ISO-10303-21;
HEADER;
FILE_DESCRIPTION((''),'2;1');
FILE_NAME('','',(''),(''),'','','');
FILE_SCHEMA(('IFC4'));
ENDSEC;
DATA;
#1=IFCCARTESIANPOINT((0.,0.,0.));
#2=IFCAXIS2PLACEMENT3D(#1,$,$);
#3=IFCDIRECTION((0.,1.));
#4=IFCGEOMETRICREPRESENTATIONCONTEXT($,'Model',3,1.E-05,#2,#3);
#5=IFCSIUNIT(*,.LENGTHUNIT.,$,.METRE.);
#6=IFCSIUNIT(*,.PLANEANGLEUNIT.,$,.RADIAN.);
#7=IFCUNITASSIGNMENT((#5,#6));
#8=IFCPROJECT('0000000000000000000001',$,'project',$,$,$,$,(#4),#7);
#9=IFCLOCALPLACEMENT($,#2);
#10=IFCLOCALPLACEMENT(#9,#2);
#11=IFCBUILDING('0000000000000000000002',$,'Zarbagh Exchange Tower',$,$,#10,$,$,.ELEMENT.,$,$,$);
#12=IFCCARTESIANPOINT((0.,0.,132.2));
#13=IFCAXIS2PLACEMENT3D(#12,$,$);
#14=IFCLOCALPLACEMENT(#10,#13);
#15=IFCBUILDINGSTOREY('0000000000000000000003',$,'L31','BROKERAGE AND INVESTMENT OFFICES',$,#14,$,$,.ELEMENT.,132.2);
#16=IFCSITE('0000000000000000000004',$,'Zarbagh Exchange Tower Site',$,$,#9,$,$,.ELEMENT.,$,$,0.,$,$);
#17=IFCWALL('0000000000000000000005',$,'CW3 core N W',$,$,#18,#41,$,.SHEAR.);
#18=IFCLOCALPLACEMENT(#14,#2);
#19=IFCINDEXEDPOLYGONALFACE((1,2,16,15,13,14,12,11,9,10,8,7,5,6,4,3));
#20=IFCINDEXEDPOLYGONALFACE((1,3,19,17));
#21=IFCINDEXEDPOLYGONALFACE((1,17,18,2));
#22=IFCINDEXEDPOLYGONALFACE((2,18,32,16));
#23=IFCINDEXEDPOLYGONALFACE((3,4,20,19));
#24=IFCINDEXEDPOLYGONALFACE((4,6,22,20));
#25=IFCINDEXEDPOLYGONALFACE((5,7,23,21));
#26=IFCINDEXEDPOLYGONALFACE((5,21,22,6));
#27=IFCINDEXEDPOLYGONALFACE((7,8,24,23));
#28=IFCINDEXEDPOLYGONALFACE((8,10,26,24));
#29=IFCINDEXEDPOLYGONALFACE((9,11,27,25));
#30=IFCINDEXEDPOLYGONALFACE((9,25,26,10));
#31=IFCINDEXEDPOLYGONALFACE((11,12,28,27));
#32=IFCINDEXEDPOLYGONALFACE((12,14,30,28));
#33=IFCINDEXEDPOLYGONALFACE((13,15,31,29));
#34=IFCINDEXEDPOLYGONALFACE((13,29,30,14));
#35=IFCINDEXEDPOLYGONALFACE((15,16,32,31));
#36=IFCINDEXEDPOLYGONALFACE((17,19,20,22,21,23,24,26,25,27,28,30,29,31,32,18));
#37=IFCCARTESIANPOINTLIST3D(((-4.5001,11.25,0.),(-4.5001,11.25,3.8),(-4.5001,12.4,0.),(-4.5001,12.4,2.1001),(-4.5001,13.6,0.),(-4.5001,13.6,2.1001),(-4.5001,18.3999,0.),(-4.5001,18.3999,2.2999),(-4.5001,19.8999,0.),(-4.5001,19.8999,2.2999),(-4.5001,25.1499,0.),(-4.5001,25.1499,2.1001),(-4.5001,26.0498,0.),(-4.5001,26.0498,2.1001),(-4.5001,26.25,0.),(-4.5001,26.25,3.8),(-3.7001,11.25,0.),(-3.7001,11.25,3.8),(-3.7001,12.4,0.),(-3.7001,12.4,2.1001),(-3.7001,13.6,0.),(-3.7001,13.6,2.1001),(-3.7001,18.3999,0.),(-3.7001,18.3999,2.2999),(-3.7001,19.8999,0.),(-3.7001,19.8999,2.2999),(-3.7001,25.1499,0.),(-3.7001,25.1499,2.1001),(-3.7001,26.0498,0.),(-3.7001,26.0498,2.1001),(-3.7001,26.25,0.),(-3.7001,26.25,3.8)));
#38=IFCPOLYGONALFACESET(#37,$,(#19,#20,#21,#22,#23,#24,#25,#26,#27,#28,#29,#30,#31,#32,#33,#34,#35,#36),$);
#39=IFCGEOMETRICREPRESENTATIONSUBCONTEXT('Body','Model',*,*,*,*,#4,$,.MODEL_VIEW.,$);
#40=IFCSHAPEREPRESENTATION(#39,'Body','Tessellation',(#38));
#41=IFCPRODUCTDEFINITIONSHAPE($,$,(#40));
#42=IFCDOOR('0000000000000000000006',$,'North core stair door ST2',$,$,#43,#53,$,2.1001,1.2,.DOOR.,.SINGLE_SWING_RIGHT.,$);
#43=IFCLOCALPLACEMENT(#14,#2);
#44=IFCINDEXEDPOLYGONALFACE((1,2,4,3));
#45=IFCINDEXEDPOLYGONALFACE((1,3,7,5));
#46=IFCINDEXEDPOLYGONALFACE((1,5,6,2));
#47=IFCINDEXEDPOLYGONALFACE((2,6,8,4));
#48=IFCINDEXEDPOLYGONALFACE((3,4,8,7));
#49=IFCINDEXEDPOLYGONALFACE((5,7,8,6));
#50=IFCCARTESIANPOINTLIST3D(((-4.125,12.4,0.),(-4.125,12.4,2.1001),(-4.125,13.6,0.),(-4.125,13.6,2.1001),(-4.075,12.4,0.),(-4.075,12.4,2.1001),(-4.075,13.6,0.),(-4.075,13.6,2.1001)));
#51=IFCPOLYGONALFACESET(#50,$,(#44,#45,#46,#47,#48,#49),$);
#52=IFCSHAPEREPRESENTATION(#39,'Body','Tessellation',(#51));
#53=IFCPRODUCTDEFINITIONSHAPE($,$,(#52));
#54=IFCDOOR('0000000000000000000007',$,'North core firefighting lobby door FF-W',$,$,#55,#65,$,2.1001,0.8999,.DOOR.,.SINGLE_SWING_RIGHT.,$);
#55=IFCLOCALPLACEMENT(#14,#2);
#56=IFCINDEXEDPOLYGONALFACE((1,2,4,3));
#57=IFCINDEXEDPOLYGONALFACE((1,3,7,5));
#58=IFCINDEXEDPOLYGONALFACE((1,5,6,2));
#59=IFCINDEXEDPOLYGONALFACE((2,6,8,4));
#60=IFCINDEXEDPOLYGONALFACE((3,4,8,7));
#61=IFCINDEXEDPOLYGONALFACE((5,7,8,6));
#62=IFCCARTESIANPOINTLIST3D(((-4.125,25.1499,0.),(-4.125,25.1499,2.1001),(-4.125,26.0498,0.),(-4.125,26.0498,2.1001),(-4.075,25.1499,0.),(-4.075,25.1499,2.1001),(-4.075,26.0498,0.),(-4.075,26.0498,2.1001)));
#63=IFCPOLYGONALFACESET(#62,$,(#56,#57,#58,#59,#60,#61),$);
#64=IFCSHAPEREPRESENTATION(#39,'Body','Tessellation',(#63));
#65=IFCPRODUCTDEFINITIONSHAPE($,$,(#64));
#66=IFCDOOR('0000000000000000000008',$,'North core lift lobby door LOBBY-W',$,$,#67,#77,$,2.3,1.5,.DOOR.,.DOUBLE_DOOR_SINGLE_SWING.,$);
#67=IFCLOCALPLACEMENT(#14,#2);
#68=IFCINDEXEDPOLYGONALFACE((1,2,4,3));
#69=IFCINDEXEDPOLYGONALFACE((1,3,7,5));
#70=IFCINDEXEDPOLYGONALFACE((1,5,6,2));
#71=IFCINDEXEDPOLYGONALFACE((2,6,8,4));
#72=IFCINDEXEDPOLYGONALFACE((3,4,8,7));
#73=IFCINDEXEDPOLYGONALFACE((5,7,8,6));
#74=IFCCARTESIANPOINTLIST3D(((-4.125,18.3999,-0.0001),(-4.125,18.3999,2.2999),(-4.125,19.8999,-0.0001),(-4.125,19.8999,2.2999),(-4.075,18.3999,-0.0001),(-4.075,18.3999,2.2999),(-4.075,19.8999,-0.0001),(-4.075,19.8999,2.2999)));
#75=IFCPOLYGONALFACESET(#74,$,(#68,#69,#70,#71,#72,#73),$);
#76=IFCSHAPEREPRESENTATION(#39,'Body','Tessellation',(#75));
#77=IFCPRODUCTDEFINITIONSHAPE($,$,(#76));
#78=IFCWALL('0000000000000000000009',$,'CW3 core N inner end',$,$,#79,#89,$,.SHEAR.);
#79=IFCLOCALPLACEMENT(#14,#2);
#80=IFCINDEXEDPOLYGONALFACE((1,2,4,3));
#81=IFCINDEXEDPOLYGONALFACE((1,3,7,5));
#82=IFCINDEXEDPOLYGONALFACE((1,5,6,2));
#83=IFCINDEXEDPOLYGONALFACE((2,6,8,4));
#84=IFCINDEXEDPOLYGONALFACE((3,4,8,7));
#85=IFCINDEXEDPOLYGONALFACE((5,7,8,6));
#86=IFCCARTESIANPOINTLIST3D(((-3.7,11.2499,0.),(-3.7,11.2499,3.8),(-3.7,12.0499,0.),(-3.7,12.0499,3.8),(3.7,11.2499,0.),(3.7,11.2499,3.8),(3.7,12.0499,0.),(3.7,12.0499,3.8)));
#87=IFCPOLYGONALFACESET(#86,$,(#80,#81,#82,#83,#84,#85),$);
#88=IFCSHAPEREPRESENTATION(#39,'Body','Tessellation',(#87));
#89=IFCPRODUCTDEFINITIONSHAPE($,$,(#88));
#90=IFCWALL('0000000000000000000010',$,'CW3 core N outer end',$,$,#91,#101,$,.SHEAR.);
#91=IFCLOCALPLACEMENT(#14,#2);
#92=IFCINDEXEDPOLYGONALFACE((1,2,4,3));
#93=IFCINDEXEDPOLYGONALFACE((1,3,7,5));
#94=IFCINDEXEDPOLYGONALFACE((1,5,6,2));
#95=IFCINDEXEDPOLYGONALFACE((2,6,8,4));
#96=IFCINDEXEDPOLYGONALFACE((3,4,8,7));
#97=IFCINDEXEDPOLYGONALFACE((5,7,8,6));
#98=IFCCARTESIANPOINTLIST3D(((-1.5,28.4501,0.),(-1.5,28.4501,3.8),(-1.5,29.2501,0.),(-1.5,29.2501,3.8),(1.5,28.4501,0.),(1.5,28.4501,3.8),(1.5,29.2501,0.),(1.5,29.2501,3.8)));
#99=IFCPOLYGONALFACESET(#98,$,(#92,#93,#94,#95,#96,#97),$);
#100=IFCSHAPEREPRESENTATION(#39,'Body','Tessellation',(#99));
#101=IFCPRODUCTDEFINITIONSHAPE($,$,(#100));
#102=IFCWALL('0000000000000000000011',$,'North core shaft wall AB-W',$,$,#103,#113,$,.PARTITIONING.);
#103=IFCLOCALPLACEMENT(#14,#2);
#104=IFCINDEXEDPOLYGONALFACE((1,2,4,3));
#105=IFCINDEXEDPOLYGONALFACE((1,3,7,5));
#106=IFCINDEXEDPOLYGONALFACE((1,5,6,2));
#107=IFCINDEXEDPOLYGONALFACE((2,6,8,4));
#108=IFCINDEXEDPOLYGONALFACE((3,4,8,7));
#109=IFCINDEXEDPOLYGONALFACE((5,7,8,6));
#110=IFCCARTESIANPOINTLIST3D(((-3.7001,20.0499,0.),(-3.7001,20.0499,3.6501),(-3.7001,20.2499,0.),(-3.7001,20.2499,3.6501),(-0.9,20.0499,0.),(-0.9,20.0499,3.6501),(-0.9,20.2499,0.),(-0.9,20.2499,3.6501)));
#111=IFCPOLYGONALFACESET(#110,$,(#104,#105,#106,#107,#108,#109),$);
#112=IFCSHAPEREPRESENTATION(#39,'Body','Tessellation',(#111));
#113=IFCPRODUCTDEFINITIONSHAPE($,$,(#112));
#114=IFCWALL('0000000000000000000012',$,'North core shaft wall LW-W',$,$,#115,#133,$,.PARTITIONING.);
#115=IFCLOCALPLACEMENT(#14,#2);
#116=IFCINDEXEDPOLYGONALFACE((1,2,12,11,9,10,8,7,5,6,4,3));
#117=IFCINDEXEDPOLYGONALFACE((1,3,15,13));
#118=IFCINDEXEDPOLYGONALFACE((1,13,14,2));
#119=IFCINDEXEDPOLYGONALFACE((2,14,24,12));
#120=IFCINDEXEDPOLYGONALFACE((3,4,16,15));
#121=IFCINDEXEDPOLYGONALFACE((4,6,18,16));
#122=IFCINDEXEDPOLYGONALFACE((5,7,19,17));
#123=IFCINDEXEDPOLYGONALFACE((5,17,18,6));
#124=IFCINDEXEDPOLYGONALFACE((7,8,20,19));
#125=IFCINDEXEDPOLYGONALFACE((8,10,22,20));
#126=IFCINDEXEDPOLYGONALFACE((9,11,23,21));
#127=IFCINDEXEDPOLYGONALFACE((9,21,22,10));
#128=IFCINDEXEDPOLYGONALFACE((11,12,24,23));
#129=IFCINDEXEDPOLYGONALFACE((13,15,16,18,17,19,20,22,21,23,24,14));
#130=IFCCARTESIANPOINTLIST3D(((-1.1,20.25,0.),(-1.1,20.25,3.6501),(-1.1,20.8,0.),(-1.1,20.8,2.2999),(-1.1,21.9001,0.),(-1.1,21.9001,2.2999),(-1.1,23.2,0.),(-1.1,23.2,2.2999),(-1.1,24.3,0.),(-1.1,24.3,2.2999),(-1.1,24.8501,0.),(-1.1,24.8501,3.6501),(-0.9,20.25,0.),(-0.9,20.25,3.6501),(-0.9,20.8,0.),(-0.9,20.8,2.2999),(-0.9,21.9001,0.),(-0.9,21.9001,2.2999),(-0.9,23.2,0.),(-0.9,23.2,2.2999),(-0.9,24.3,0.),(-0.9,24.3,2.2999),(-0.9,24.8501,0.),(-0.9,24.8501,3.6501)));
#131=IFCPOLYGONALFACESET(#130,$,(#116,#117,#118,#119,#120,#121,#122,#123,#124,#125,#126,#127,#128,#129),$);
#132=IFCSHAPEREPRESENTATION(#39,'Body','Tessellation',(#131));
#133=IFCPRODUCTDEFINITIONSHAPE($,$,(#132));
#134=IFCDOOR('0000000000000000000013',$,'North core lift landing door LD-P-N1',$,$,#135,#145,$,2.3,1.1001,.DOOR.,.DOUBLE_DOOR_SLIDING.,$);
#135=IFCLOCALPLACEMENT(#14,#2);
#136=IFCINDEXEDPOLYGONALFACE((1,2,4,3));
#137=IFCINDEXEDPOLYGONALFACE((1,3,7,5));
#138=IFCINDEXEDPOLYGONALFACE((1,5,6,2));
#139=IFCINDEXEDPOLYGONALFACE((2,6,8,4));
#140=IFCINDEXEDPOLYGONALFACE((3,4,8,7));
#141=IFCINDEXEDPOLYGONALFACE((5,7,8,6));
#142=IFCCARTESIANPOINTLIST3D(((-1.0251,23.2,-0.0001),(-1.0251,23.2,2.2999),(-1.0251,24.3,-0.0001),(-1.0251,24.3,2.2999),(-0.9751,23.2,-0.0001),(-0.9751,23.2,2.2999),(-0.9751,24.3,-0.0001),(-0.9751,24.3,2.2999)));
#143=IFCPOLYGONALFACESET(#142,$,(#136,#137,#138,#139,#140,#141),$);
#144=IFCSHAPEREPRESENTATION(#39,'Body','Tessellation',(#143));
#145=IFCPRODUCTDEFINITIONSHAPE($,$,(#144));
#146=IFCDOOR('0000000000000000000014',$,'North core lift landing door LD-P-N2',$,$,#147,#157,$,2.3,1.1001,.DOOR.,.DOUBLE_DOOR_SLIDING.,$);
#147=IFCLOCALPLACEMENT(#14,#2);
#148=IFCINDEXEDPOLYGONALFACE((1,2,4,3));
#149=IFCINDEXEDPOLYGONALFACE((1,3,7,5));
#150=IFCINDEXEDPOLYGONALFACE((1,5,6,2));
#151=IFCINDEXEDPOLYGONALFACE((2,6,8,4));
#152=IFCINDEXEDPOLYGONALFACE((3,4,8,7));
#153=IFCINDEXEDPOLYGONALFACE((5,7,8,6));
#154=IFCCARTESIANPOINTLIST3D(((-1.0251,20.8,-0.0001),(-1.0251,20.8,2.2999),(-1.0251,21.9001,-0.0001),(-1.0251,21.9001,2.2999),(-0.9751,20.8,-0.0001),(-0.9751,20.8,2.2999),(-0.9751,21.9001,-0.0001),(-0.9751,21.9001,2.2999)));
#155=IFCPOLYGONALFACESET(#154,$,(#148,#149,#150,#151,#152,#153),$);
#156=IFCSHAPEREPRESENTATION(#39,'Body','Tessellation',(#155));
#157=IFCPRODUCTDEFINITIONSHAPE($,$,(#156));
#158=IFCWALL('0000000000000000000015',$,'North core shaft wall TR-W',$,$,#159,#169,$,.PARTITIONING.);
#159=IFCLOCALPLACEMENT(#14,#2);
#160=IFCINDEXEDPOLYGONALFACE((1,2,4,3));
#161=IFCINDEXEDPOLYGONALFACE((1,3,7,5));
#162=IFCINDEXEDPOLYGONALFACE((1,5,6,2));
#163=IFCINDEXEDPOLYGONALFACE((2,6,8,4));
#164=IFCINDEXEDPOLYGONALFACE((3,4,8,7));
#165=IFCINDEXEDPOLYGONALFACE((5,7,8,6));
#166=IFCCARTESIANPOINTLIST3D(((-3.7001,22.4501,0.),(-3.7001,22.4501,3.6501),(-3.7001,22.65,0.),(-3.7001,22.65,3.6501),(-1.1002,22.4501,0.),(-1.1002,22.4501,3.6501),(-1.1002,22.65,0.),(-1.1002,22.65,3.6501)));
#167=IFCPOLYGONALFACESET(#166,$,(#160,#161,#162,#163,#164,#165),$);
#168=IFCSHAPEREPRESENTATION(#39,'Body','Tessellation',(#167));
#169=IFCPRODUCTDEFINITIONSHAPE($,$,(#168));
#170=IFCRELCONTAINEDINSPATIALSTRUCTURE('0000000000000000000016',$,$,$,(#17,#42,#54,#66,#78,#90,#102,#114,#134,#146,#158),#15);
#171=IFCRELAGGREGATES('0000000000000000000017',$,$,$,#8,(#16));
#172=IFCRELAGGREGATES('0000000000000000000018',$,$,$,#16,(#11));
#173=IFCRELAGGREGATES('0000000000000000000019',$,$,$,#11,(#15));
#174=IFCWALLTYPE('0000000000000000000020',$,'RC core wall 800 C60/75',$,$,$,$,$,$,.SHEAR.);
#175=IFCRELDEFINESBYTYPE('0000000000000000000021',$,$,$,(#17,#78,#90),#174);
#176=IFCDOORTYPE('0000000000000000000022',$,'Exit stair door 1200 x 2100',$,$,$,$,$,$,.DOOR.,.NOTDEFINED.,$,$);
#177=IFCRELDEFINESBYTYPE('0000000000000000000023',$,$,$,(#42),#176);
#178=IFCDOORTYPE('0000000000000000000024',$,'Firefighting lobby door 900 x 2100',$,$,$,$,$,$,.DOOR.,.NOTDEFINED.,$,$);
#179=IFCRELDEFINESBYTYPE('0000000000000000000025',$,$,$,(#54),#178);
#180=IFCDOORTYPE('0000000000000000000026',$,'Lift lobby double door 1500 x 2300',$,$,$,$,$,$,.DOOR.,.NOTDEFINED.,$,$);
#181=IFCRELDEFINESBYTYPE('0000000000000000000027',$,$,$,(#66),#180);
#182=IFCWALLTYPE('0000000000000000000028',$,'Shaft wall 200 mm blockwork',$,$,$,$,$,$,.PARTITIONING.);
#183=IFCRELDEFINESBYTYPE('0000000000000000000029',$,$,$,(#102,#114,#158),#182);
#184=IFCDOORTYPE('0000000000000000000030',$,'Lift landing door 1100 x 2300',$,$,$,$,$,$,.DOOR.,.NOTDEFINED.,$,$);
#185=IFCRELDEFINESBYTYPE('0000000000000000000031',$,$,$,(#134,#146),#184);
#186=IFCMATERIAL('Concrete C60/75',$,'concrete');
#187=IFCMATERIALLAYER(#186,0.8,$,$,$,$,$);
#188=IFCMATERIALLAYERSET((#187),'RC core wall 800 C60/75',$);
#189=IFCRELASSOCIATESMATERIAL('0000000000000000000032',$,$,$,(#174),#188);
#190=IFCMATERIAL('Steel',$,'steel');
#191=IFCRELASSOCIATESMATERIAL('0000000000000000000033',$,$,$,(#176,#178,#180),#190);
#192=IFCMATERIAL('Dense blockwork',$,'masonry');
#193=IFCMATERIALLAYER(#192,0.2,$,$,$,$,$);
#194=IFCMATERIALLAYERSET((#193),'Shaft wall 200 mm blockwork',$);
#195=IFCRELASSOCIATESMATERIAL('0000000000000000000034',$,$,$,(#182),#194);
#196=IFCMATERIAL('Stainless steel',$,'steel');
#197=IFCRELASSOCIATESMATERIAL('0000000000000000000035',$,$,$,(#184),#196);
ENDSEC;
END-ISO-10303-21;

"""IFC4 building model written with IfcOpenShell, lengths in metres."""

from ifc_helpers import new_model, si_unit, direction, frame, frame_2d, origin, place, context, subcontext, project, spatial, rectangle, extrude, material, layer, layer_set, type_object, element, fill, save


model = new_model("IFC4")

# Units and contexts
model_context = context("Model", 3, precision=1e-05, world=origin(), true_north=direction((0.0, 1.0)))
body_context = subcontext(model_context, "Body", "Model", "MODEL_VIEW")
ifc_project = project(units=[si_unit("LENGTHUNIT", "METRE"), si_unit("PLANEANGLEUNIT", "RADIAN")], contexts=[model_context])

# Site, building, storey
site_placement = place(None, origin())
site = spatial("IfcSite", under=ifc_project, at=site_placement, Name="Zarbagh Exchange Tower Site", CompositionType="ELEMENT", RefElevation=0.0)
building_placement = place(site_placement, origin())
building = spatial("IfcBuilding", under=site, at=building_placement, Name="Zarbagh Exchange Tower", CompositionType="ELEMENT")
storey_placement = place(building_placement, frame((0.0, 0.0, 132.2)))
storey = spatial("IfcBuildingStorey", under=building, at=storey_placement, Name="L31", Description="BROKERAGE AND INVESTMENT OFFICES", CompositionType="ELEMENT", Elevation=132.2)

# Shared definitions
ifc_material_1 = material(Name="Concrete C60/75", Category="concrete")

# Wall, openings, doors
ifc_layer_1 = layer(ifc_material_1, 0.8)
ifc_layer_set_1 = layer_set([ifc_layer_1], Name="RC core wall 800 C60/75")
wall_type_1 = type_object("IfcWallType", Name="RC core wall 800 C60/75", PredefinedType="SHEAR", material=ifc_layer_set_1)
wall_1_placement = place(storey_placement, frame((-4.1001, 11.25, 0.0), z_axis=(0.0, 0.0, 1.0), x_axis=(0.0, 1.0, 0.0)))
wall_1 = element("IfcWall", 1, at=wall_1_placement, inside=storey, type_object=wall_type_1, Name="CW3 core N W", PredefinedType="SHEAR", context=body_context, shape_type="SweptSolid", body=[
    extrude(rectangle(XDim=15.0, YDim=0.8, at=frame_2d((7.5, 0.0))), origin(), (0.0, 0.0, 1.0), 3.8),
])
opening_1_placement = place(wall_1_placement, frame((7.1499, 0.0, 0.0)))
opening_1 = element("IfcOpeningElement", 2, at=opening_1_placement, cuts=wall_1, PredefinedType="OPENING", context=body_context, shape_type="SweptSolid", body=[
    extrude(rectangle(XDim=1.5, YDim=2.3, at=frame_2d((0.75, 1.1499))), frame((0.0, 0.4099, 0.0), z_axis=(0.0, -1.0, 0.0), x_axis=(1.0, 0.0, 0.0)), (0.0, 0.0, 1.0), 0.8201),
])
opening_2_placement = place(wall_1_placement, frame((13.8999, 0.0, 0.0)))
opening_2 = element("IfcOpeningElement", 3, at=opening_2_placement, cuts=wall_1, PredefinedType="OPENING", context=body_context, shape_type="SweptSolid", body=[
    extrude(rectangle(XDim=0.8999, YDim=2.1001, at=frame_2d((0.45, 1.05))), frame((0.0, 0.4099, 0.0), z_axis=(0.0, -1.0, 0.0), x_axis=(1.0, 0.0, 0.0)), (0.0, 0.0, 1.0), 0.8201),
])
opening_3_placement = place(wall_1_placement, frame((1.1499, 0.0, 0.0)))
opening_3 = element("IfcOpeningElement", 4, at=opening_3_placement, cuts=wall_1, PredefinedType="OPENING", context=body_context, shape_type="SweptSolid", body=[
    extrude(rectangle(XDim=1.2, YDim=2.1001, at=frame_2d((0.6001, 1.05))), frame((0.0, 0.4099, 0.0), z_axis=(0.0, -1.0, 0.0), x_axis=(1.0, 0.0, 0.0)), (0.0, 0.0, 1.0), 0.8201),
])
ifc_material_2 = material(Name="Steel", Category="steel")
door_type_1 = type_object("IfcDoorType", Name="Exit stair door 1200 x 2100", OperationType="NOTDEFINED", PredefinedType="DOOR", material=ifc_material_2)
door_1_placement = place(opening_3_placement, origin())
door_1 = element("IfcDoor", 5, at=door_1_placement, inside=storey, type_object=door_type_1, Name="North core stair door ST2", OperationType="SINGLE_SWING_RIGHT", OverallHeight=2.1001, OverallWidth=1.2, PredefinedType="DOOR", context=body_context, shape_type="SweptSolid", body=[
    extrude(rectangle(XDim=1.2, YDim=2.1001, at=frame_2d((0.6001, 1.05))), frame((0.0, 0.0249, 0.0), z_axis=(0.0, -1.0, 0.0), x_axis=(1.0, 0.0, 0.0)), (0.0, 0.0, 1.0), 0.05),
])
fill(opening_3, door_1)
door_type_2 = type_object("IfcDoorType", Name="Firefighting lobby door 900 x 2100", OperationType="NOTDEFINED", PredefinedType="DOOR", material=ifc_material_2)
door_2_placement = place(opening_2_placement, origin())
door_2 = element("IfcDoor", 6, at=door_2_placement, inside=storey, type_object=door_type_2, Name="North core firefighting lobby door FF-W", OperationType="SINGLE_SWING_RIGHT", OverallHeight=2.1001, OverallWidth=0.8999, PredefinedType="DOOR", context=body_context, shape_type="SweptSolid", body=[
    extrude(rectangle(XDim=0.8999, YDim=2.1001, at=frame_2d((0.45, 1.05))), frame((0.0, 0.0249, 0.0), z_axis=(0.0, -1.0, 0.0), x_axis=(1.0, 0.0, 0.0)), (0.0, 0.0, 1.0), 0.05),
])
fill(opening_2, door_2)
door_type_3 = type_object("IfcDoorType", Name="Lift lobby double door 1500 x 2300", OperationType="NOTDEFINED", PredefinedType="DOOR", material=ifc_material_2)
door_3_placement = place(opening_1_placement, origin())
door_3 = element("IfcDoor", 7, at=door_3_placement, inside=storey, type_object=door_type_3, Name="North core lift lobby door LOBBY-W", OperationType="DOUBLE_DOOR_SINGLE_SWING", OverallHeight=2.3, OverallWidth=1.5, PredefinedType="DOOR", context=body_context, shape_type="SweptSolid", body=[
    extrude(rectangle(XDim=1.5, YDim=2.3, at=frame_2d((0.75, 1.1499))), frame((0.0, 0.0249, 0.0), z_axis=(0.0, -1.0, 0.0), x_axis=(1.0, 0.0, 0.0)), (0.0, 0.0, 1.0), 0.05),
])
fill(opening_1, door_3)

# Walls
wall_2_placement = place(storey_placement, frame((-3.7, 11.6499, 0.0), z_axis=(0.0, 0.0, 1.0), x_axis=(1.0, 0.0, 0.0)))
element("IfcWall", 8, at=wall_2_placement, inside=storey, type_object=wall_type_1, Name="CW3 core N inner end", PredefinedType="SHEAR", context=body_context, shape_type="SweptSolid", body=[
    extrude(rectangle(XDim=7.3999, YDim=0.8, at=frame_2d((3.7, 0.0))), origin(), (0.0, 0.0, 1.0), 3.8),
])
wall_3_placement = place(storey_placement, frame((-1.5, 28.8501, 0.0), z_axis=(0.0, 0.0, 1.0), x_axis=(1.0, 0.0, 0.0)))
element("IfcWall", 9, at=wall_3_placement, inside=storey, type_object=wall_type_1, Name="CW3 core N outer end", PredefinedType="SHEAR", context=body_context, shape_type="SweptSolid", body=[
    extrude(rectangle(XDim=3.0, YDim=0.8, at=frame_2d((1.5, 0.0))), origin(), (0.0, 0.0, 1.0), 3.8),
])
ifc_material_3 = material(Name="Dense blockwork", Category="masonry")
ifc_layer_2 = layer(ifc_material_3, 0.2)
ifc_layer_set_2 = layer_set([ifc_layer_2], Name="Shaft wall 200 mm blockwork")
wall_type_2 = type_object("IfcWallType", Name="Shaft wall 200 mm blockwork", PredefinedType="PARTITIONING", material=ifc_layer_set_2)
wall_4_placement = place(storey_placement, frame((-3.7, 20.1499, 0.0), z_axis=(0.0, 0.0, 1.0), x_axis=(1.0, 0.0, 0.0)))
element("IfcWall", 10, at=wall_4_placement, inside=storey, type_object=wall_type_2, Name="North core shaft wall AB-W", PredefinedType="PARTITIONING", context=body_context, shape_type="SweptSolid", body=[
    extrude(rectangle(XDim=2.8, YDim=0.2, at=frame_2d((1.3999, 0.0))), origin(), (0.0, 0.0, 1.0), 3.6501),
])

# Wall, openings, doors
wall_5_placement = place(storey_placement, frame((-1.0, 24.8501, 0.0), z_axis=(0.0, 0.0, 1.0), x_axis=(0.0, -1.0, 0.0)))
wall_5 = element("IfcWall", 11, at=wall_5_placement, inside=storey, type_object=wall_type_2, Name="North core shaft wall LW-W", PredefinedType="PARTITIONING", context=body_context, shape_type="SweptSolid", body=[
    extrude(rectangle(XDim=4.6001, YDim=0.2, at=frame_2d((2.3, 0.0))), origin(), (0.0, 0.0, 1.0), 3.6501),
])
opening_4_placement = place(wall_5_placement, frame((0.55, 0.0, 0.0)))
opening_4 = element("IfcOpeningElement", 12, at=opening_4_placement, cuts=wall_5, PredefinedType="OPENING", context=body_context, shape_type="SweptSolid", body=[
    extrude(rectangle(XDim=1.1001, YDim=2.3, at=frame_2d((0.55, 1.1499))), frame((0.0, 0.1099, 0.0), z_axis=(0.0, -1.0, 0.0), x_axis=(1.0, 0.0, 0.0)), (0.0, 0.0, 1.0), 0.22),
])
opening_5_placement = place(wall_5_placement, frame((2.95, 0.0, 0.0)))
opening_5 = element("IfcOpeningElement", 13, at=opening_5_placement, cuts=wall_5, PredefinedType="OPENING", context=body_context, shape_type="SweptSolid", body=[
    extrude(rectangle(XDim=1.1001, YDim=2.3, at=frame_2d((0.55, 1.1499))), frame((0.0, 0.1099, 0.0), z_axis=(0.0, -1.0, 0.0), x_axis=(1.0, 0.0, 0.0)), (0.0, 0.0, 1.0), 0.22),
])
ifc_material_4 = material(Name="Stainless steel", Category="steel")
door_type_4 = type_object("IfcDoorType", Name="Lift landing door 1100 x 2300", OperationType="NOTDEFINED", PredefinedType="DOOR", material=ifc_material_4)
door_4_placement = place(opening_4_placement, origin())
door_4 = element("IfcDoor", 14, at=door_4_placement, inside=storey, type_object=door_type_4, Name="North core lift landing door LD-P-N1", OperationType="DOUBLE_DOOR_SLIDING", OverallHeight=2.3, OverallWidth=1.1001, PredefinedType="DOOR", context=body_context, shape_type="SweptSolid", body=[
    extrude(rectangle(XDim=1.1001, YDim=2.3, at=frame_2d((0.55, 1.1499))), frame((0.0, 0.0249, 0.0), z_axis=(0.0, -1.0, 0.0), x_axis=(1.0, 0.0, 0.0)), (0.0, 0.0, 1.0), 0.05),
])
fill(opening_4, door_4)
door_5_placement = place(opening_5_placement, origin())
door_5 = element("IfcDoor", 15, at=door_5_placement, inside=storey, type_object=door_type_4, Name="North core lift landing door LD-P-N2", OperationType="DOUBLE_DOOR_SLIDING", OverallHeight=2.3, OverallWidth=1.1001, PredefinedType="DOOR", context=body_context, shape_type="SweptSolid", body=[
    extrude(rectangle(XDim=1.1001, YDim=2.3, at=frame_2d((0.55, 1.1499))), frame((0.0, 0.0249, 0.0), z_axis=(0.0, -1.0, 0.0), x_axis=(1.0, 0.0, 0.0)), (0.0, 0.0, 1.0), 0.05),
])
fill(opening_5, door_5)

# Wall
wall_6_placement = place(storey_placement, frame((-3.7, 22.55, 0.0), z_axis=(0.0, 0.0, 1.0), x_axis=(1.0, 0.0, 0.0)))
element("IfcWall", 16, at=wall_6_placement, inside=storey, type_object=wall_type_2, Name="North core shaft wall TR-W", PredefinedType="PARTITIONING", context=body_context, shape_type="SweptSolid", body=[
    extrude(rectangle(XDim=2.5999, YDim=0.2, at=frame_2d((1.2998, 0.0))), origin(), (0.0, 0.0, 1.0), 3.6501),
])

save(model, "model.ifc")
